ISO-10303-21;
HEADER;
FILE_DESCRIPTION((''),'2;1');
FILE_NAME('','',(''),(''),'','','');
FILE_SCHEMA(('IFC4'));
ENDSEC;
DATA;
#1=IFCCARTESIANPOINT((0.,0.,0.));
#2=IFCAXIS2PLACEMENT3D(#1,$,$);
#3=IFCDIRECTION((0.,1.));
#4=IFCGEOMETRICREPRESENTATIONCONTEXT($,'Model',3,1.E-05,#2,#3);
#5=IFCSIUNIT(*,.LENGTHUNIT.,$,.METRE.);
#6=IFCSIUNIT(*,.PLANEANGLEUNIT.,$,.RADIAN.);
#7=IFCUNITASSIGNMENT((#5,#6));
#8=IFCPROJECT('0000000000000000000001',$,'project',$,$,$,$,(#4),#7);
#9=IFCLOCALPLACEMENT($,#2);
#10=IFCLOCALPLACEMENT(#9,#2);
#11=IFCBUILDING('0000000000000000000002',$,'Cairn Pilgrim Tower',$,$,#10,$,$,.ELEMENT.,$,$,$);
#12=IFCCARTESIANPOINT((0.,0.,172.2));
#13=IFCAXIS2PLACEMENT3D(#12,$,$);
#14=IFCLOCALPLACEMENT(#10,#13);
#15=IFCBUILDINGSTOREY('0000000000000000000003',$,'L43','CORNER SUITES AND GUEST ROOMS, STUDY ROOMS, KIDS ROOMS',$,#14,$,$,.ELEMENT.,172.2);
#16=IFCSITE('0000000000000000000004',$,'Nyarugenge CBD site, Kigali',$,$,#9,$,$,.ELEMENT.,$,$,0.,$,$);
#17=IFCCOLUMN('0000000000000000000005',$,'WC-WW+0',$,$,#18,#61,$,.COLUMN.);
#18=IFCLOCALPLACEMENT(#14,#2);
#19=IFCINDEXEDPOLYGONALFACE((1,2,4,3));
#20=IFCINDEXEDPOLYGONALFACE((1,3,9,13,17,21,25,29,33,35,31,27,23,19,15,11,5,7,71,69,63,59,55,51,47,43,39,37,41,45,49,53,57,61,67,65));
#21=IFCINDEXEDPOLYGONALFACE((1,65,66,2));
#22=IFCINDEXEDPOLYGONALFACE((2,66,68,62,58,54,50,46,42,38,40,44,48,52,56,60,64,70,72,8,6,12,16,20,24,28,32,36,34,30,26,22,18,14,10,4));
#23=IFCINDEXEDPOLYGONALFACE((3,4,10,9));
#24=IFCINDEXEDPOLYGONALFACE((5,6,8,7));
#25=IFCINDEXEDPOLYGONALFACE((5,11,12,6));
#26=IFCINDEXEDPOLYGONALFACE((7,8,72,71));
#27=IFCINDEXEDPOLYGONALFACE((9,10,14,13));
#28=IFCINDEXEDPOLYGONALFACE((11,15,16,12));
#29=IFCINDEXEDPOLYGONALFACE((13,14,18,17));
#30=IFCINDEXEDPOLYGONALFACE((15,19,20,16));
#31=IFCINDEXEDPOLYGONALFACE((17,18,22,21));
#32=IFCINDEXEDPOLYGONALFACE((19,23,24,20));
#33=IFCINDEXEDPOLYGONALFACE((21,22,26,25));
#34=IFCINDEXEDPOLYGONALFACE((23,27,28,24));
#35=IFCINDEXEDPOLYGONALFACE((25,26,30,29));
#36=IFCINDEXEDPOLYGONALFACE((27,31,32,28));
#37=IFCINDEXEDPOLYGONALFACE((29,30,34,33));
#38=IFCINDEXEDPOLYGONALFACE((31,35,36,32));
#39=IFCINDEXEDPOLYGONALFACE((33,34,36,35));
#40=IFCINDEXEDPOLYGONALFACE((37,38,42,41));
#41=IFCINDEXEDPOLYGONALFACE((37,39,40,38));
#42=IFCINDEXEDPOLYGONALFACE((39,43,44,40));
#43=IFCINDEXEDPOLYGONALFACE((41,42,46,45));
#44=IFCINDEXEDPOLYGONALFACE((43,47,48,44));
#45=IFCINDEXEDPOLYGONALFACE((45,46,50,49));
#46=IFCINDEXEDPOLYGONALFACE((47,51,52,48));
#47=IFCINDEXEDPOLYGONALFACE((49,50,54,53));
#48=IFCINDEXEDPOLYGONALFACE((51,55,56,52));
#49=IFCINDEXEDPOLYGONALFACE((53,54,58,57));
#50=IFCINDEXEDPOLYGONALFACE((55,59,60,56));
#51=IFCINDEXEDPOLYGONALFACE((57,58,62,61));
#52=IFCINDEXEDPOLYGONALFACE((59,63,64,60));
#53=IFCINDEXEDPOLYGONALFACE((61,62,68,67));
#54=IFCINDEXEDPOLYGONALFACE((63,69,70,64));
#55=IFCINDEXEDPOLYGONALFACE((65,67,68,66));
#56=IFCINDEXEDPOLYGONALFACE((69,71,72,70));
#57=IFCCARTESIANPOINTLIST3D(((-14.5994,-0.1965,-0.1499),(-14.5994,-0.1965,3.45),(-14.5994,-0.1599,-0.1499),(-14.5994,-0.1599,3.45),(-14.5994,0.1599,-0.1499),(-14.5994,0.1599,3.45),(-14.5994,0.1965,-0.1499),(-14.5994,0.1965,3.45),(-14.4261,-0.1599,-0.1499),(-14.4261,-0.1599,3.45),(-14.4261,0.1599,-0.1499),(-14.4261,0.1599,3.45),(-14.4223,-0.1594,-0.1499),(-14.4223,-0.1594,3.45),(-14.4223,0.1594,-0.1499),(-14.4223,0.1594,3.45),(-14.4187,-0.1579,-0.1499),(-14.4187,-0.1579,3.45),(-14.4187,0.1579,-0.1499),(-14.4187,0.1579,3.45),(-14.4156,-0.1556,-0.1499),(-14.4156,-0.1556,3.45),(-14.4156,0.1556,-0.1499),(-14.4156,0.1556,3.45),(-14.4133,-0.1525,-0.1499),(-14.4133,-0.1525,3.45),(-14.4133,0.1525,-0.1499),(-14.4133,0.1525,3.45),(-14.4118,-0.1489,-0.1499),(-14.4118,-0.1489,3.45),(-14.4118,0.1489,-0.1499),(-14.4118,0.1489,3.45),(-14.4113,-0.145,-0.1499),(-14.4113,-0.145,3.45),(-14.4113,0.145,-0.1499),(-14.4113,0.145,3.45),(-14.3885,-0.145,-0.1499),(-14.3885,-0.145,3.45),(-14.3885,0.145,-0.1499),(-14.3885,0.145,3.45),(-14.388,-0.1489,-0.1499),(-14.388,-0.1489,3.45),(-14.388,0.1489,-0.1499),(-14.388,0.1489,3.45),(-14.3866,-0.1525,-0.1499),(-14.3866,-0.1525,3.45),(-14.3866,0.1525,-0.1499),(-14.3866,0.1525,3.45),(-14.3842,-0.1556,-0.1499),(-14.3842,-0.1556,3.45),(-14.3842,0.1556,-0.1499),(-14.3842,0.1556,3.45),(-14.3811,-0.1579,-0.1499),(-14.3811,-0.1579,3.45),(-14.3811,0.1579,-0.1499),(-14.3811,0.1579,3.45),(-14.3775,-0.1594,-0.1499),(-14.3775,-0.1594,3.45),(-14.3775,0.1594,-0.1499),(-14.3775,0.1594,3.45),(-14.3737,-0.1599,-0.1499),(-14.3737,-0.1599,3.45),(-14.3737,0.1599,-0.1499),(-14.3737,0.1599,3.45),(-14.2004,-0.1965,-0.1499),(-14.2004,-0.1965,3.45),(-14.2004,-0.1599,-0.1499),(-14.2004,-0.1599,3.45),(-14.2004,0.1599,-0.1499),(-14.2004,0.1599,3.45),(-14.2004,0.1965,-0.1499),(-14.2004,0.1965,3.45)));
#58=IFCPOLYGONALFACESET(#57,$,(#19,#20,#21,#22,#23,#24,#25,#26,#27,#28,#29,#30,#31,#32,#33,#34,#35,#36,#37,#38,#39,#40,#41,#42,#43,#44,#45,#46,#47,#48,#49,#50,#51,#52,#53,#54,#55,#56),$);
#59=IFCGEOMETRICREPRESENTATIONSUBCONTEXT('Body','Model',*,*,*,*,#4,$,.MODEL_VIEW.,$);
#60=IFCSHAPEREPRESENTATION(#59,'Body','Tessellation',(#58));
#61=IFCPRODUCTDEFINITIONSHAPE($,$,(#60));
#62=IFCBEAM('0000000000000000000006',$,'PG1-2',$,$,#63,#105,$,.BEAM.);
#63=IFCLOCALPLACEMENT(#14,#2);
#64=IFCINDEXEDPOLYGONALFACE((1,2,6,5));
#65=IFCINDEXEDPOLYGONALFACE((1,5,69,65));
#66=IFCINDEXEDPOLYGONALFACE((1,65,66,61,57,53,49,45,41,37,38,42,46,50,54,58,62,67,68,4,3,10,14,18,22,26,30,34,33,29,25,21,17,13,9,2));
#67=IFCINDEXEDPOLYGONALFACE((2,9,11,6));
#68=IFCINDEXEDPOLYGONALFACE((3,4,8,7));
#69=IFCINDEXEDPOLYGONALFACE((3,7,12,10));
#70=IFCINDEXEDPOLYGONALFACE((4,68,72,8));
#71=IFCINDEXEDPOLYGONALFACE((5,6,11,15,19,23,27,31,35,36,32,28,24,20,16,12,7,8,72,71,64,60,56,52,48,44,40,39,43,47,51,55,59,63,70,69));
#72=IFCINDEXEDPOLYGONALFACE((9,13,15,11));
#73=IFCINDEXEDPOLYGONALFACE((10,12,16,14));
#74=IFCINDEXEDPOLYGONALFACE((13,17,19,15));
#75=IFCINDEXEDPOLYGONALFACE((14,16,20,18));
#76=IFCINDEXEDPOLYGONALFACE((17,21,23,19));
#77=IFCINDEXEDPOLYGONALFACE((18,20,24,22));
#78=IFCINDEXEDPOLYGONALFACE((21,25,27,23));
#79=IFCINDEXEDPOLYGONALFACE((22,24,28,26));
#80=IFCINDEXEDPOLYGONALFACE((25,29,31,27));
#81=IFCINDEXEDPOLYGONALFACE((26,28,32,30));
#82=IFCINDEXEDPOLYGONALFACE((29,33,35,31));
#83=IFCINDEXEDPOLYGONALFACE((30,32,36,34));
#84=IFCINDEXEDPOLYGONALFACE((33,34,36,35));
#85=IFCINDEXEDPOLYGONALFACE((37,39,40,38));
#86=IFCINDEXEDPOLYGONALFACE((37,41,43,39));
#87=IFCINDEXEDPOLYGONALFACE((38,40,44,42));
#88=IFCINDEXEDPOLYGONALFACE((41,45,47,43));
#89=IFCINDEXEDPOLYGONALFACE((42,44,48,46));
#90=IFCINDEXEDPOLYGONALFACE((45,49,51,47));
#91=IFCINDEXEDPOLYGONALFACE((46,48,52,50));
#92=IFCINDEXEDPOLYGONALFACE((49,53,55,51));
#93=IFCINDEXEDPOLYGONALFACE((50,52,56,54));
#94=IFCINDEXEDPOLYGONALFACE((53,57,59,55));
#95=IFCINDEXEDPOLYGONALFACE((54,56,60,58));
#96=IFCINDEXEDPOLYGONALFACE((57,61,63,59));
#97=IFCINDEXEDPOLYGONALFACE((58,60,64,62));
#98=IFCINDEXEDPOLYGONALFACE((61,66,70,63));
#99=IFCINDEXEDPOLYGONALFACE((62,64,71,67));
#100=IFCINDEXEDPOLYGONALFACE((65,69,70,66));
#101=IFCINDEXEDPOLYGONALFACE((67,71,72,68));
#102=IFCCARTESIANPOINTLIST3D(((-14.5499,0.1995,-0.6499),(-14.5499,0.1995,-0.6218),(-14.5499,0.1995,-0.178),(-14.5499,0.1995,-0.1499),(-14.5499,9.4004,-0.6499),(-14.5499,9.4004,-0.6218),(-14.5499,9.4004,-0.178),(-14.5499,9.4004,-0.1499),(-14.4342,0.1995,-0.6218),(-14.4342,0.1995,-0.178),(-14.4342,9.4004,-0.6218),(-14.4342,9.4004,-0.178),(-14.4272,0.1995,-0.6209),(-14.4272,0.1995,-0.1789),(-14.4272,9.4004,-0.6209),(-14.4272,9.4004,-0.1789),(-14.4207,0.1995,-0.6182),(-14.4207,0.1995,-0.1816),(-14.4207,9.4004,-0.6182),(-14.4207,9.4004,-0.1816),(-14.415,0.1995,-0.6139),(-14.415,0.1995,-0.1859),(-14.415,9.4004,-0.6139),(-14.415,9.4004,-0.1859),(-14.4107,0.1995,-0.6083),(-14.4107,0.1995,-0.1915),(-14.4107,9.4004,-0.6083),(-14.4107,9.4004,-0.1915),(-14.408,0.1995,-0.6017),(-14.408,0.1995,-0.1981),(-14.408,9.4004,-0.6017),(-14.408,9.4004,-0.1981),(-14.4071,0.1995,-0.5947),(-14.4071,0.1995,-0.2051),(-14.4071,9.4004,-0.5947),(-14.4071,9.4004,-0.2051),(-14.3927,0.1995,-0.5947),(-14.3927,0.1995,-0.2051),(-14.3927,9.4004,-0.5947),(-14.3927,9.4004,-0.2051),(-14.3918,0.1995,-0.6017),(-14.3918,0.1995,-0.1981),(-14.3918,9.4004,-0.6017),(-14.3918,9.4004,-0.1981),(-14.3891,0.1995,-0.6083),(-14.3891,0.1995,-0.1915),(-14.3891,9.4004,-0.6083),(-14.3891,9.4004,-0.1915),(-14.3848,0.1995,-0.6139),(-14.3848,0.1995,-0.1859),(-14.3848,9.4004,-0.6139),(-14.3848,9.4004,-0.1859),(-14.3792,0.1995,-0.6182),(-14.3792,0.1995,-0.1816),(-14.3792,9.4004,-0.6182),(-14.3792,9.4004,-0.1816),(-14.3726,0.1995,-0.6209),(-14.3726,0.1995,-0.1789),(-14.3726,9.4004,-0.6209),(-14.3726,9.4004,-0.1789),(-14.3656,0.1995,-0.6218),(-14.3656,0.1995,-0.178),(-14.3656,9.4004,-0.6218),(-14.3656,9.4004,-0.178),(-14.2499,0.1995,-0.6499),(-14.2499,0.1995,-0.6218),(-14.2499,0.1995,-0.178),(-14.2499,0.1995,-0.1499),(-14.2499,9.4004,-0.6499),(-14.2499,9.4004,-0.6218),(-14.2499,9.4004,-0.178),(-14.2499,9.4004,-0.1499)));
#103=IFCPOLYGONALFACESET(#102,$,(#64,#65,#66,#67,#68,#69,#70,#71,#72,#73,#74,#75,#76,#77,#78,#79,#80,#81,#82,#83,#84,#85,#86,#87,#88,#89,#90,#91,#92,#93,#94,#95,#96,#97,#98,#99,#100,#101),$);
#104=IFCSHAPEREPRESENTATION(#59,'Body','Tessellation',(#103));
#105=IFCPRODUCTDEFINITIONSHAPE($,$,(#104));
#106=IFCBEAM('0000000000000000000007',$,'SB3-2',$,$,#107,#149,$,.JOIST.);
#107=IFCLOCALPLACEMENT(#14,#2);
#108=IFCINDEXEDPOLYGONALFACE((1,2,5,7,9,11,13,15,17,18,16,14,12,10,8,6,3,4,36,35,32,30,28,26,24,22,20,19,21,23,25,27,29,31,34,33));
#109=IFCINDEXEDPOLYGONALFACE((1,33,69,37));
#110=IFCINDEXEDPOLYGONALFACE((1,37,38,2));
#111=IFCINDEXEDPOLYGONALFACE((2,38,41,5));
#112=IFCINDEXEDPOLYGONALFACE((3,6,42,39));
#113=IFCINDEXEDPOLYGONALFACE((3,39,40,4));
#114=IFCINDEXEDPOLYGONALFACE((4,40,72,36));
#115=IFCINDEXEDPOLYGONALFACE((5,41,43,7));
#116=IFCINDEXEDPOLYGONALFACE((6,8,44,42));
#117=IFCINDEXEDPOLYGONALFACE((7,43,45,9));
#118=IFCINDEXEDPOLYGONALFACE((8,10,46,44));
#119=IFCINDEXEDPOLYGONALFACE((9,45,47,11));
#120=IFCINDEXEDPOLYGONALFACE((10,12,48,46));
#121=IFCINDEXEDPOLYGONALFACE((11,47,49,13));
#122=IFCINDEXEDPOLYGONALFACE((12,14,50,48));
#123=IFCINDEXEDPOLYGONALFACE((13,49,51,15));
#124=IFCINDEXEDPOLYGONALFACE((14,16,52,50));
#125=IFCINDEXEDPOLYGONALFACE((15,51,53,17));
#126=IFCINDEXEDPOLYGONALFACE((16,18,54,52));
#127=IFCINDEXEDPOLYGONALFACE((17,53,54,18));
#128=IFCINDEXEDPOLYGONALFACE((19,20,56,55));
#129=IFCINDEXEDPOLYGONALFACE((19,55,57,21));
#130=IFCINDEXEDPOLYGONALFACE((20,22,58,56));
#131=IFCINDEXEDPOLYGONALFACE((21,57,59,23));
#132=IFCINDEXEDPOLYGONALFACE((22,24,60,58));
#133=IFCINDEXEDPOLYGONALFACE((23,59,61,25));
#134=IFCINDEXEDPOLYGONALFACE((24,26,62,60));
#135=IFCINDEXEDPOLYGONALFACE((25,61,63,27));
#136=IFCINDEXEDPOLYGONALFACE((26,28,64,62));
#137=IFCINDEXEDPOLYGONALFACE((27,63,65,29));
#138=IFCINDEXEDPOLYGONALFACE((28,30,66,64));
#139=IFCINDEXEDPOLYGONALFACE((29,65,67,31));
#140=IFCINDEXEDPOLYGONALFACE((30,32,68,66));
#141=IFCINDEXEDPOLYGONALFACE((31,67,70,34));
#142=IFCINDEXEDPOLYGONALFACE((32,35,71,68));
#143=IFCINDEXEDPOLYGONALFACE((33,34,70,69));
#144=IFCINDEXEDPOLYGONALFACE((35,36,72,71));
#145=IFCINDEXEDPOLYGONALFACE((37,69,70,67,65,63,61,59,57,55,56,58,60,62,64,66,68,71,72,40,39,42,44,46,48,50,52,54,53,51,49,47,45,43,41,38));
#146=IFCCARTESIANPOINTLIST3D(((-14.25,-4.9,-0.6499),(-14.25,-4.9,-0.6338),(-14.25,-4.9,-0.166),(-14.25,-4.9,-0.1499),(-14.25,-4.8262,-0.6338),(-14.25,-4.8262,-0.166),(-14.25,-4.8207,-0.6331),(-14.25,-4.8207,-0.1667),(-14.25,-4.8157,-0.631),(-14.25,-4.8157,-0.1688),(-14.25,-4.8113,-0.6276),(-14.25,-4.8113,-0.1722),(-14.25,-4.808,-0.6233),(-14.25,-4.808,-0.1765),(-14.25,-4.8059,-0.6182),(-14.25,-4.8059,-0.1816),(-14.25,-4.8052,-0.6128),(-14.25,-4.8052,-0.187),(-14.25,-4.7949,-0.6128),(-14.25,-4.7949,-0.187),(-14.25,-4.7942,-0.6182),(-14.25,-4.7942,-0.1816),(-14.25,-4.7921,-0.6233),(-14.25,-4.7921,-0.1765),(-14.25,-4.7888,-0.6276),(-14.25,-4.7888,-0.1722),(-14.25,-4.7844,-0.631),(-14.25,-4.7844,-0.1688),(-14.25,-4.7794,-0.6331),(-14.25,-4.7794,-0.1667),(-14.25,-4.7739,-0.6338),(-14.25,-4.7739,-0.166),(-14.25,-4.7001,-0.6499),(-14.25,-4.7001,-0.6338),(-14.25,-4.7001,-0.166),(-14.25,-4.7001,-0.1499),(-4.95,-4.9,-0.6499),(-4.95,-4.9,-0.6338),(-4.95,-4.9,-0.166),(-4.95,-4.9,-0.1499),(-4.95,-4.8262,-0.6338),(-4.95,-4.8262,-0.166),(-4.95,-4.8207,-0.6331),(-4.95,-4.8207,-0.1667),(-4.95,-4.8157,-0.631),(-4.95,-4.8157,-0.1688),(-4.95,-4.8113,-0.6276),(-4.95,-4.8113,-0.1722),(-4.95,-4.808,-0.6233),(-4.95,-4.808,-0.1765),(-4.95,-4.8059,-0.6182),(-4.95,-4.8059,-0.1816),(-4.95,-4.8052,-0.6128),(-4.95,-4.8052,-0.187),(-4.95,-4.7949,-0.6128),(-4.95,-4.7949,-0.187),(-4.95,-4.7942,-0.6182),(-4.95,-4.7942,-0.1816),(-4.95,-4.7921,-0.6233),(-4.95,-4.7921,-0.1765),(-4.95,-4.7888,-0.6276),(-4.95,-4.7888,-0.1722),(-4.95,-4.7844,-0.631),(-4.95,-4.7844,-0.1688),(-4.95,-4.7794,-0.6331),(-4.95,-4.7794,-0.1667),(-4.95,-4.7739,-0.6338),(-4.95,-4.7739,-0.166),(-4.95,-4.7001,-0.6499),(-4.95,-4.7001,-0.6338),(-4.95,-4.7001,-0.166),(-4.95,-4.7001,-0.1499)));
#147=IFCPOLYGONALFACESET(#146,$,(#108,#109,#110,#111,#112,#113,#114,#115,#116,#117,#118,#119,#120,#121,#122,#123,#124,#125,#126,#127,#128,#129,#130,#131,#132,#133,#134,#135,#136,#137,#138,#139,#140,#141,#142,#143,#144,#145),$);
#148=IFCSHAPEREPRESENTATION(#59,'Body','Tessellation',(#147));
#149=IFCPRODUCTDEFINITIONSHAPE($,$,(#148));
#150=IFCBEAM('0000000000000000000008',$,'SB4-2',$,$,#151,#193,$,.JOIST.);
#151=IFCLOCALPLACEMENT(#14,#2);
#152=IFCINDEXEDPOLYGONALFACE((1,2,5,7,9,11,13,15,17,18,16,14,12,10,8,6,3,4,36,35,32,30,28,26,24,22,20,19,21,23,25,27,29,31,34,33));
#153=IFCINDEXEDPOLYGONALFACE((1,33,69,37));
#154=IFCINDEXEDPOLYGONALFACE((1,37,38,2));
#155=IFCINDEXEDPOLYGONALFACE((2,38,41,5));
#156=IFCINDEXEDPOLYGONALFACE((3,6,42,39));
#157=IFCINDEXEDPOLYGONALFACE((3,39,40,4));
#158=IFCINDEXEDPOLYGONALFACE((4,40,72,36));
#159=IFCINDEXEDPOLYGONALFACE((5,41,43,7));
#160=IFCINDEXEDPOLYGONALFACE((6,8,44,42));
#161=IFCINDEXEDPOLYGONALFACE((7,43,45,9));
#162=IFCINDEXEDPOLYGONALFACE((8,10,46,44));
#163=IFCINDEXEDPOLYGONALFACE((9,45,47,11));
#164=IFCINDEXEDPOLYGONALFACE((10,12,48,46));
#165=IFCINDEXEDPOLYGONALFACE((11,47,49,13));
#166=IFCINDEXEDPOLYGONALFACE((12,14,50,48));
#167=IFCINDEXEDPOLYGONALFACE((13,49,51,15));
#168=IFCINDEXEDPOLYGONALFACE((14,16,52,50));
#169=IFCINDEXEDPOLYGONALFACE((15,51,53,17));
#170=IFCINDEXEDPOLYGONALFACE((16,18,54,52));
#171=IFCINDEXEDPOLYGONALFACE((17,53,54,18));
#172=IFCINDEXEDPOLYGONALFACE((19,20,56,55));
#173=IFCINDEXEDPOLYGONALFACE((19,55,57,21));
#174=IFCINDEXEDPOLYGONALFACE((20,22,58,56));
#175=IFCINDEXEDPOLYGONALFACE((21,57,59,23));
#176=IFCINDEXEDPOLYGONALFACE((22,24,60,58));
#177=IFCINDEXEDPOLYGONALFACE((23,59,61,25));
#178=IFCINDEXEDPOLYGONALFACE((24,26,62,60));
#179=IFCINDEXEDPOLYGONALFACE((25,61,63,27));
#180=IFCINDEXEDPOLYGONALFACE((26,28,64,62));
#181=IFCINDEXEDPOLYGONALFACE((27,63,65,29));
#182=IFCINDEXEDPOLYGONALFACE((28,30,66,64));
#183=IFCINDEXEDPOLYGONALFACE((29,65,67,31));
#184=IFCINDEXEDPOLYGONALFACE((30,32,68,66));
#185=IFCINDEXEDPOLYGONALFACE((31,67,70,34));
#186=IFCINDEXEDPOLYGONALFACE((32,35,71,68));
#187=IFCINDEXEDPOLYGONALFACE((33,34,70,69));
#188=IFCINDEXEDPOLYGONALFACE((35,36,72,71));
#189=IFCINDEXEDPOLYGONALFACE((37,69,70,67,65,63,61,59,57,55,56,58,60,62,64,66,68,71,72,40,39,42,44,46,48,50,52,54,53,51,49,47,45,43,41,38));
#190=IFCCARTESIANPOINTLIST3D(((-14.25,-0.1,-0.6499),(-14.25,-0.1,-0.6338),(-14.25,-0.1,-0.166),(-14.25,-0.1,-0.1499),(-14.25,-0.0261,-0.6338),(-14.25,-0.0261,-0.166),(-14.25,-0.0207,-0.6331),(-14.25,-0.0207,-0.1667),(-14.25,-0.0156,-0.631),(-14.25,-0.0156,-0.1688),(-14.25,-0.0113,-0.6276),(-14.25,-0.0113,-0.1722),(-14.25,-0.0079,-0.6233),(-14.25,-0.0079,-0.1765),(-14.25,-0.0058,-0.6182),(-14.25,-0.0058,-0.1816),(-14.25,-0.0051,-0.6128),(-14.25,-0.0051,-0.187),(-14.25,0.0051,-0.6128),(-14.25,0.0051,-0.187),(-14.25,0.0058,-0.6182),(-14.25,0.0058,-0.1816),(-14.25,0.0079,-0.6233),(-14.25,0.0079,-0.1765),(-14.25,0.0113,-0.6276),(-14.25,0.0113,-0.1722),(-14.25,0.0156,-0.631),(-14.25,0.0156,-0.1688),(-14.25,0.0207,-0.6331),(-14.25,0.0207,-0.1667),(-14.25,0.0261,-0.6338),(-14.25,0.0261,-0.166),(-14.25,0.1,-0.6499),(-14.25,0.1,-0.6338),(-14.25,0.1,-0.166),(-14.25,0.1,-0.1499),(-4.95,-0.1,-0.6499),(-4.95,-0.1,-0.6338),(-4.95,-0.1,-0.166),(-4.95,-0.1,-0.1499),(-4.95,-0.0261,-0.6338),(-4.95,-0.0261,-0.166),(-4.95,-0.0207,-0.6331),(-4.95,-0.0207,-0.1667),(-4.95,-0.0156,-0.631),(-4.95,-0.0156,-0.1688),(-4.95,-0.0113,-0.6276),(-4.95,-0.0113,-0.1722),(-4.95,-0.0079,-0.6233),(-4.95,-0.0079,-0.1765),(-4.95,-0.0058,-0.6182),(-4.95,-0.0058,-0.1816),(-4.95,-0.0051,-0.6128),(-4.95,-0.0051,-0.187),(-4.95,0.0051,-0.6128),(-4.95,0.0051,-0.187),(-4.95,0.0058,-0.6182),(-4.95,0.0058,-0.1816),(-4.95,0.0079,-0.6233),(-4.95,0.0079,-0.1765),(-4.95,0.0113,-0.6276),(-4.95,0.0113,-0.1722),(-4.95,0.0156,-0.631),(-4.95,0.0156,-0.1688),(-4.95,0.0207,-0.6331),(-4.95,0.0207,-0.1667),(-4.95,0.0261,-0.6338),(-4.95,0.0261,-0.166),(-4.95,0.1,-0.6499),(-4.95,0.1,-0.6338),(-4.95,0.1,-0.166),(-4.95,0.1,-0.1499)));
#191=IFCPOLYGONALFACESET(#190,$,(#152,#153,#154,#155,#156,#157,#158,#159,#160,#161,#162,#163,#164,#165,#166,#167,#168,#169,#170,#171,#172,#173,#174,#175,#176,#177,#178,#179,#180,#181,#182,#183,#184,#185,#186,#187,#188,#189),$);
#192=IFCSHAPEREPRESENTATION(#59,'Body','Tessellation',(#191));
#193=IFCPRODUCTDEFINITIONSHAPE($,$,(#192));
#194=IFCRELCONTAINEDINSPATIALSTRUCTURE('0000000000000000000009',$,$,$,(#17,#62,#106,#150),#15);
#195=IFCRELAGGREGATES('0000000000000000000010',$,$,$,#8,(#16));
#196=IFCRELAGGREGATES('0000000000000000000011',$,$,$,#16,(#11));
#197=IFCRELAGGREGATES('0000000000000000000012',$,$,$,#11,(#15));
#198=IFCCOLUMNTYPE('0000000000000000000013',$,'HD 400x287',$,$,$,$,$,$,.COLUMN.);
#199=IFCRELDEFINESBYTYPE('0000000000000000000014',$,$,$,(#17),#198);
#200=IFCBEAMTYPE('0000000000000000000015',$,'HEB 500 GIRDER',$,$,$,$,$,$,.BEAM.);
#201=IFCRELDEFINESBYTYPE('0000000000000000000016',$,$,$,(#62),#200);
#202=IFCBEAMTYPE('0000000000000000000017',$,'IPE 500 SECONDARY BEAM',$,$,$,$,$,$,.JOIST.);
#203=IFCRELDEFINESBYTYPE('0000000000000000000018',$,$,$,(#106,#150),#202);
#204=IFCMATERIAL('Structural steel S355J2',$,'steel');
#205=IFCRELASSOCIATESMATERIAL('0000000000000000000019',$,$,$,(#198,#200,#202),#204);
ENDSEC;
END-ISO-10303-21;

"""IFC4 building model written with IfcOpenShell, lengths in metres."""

from ifc_helpers import new_model, si_unit, direction, frame, origin, origin_2d, place, context, subcontext, project, spatial, i_section, extrude, material, material_profile, profile_set, type_object, element, save


model = new_model("IFC4")

# Units and contexts
model_context = context("Model", 3, precision=1e-05, world=origin(), true_north=direction((0.0, 1.0)))
body_context = subcontext(model_context, "Body", "Model", "MODEL_VIEW")
ifc_project = project(units=[si_unit("LENGTHUNIT", "METRE"), si_unit("PLANEANGLEUNIT", "RADIAN")], contexts=[model_context])

# Site, building, storey
site_placement = place(None, origin())
site = spatial("IfcSite", under=ifc_project, at=site_placement, Name="Nyarugenge CBD site, Kigali", CompositionType="ELEMENT", RefElevation=0.0)
building_placement = place(site_placement, origin())
building = spatial("IfcBuilding", under=site, at=building_placement, Name="Cairn Pilgrim Tower", CompositionType="ELEMENT")
storey_placement = place(building_placement, frame((0.0, 0.0, 172.2)))
storey = spatial("IfcBuildingStorey", under=building, at=storey_placement, Name="L43", Description="CORNER SUITES AND GUEST ROOMS, STUDY ROOMS, KIDS ROOMS", CompositionType="ELEMENT", Elevation=172.2)

# Column
ifc_material_1 = material(Name="Structural steel S355J2", Category="steel")
ifc_material_profile_1 = material_profile(ifc_material_1, i_section(OverallWidth=0.3989, OverallDepth=0.3931, WebThickness=0.0227, FlangeThickness=0.0366, FilletRadius=0.0149, at=origin_2d()), Name="HD 400x287")
ifc_profile_set_1 = profile_set([ifc_material_profile_1], Name="Structural steel S355J2")
column_type_1 = type_object("IfcColumnType", Name="HD 400x287", PredefinedType="COLUMN", material=ifc_profile_set_1)
column_1_placement = place(storey_placement, frame((-14.3999, 0.0, -0.1499), z_axis=(0.0, 0.0, 1.0), x_axis=(1.0, 0.0, 0.0)))
element("IfcColumn", 1, at=column_1_placement, inside=storey, type_object=column_type_1, Name="WC-WW+0", PredefinedType="COLUMN", context=body_context, shape_type="SweptSolid", body=[
    extrude(i_section(OverallWidth=0.3989, OverallDepth=0.3931, WebThickness=0.0227, FlangeThickness=0.0366, FilletRadius=0.0149, at=origin_2d()), origin(), (0.0, 0.0, 1.0), 3.5999),
])

# Beams
ifc_material_profile_2 = material_profile(ifc_material_1, i_section(OverallWidth=0.3, OverallDepth=0.5, WebThickness=0.0144, FlangeThickness=0.0281, FilletRadius=0.0271, at=origin_2d()), Name="HEB 500")
ifc_profile_set_2 = profile_set([ifc_material_profile_2], Name="Structural steel S355J2")
beam_type_1 = type_object("IfcBeamType", Name="HEB 500 GIRDER", PredefinedType="BEAM", material=ifc_profile_set_2)
beam_placement = place(storey_placement, frame((-14.3999, 0.1995, -0.3999), z_axis=(0.0, 1.0, 0.0), x_axis=(-1.0, 0.0, 0.0)))
element("IfcBeam", 2, at=beam_placement, inside=storey, type_object=beam_type_1, Name="PG1-2", PredefinedType="BEAM", context=body_context, shape_type="SweptSolid", body=[
    extrude(i_section(OverallWidth=0.3, OverallDepth=0.5, WebThickness=0.0144, FlangeThickness=0.0281, FilletRadius=0.0271, at=origin_2d()), origin(), (0.0, 0.0, 1.0), 9.2009),
])
ifc_material_profile_3 = material_profile(ifc_material_1, i_section(OverallWidth=0.2, OverallDepth=0.5, WebThickness=0.0103, FlangeThickness=0.0161, FilletRadius=0.021, at=origin_2d()), Name="IPE 500")
ifc_profile_set_3 = profile_set([ifc_material_profile_3], Name="Structural steel S355J2")
beam_type_2 = type_object("IfcBeamType", Name="IPE 500 SECONDARY BEAM", PredefinedType="JOIST", material=ifc_profile_set_3)
for number, where, z_axis, x_axis, name in (
    (3, (-14.25, -4.8, -0.3999), (1.0, 0.0, 0.0), (0.0, 1.0, 0.0), "SB3-2"),
    (4, (-14.25, 0.0, -0.3999), (1.0, 0.0, 0.0), (0.0, 1.0, 0.0), "SB4-2"),
):
    element("IfcBeam", number, at=place(storey_placement, frame(where, z_axis=z_axis, x_axis=x_axis)), inside=storey, type_object=beam_type_2, Name=name, PredefinedType="JOIST", context=body_context, shape_type="SweptSolid", body=[
        extrude(i_section(OverallWidth=0.2, OverallDepth=0.5, WebThickness=0.0103, FlangeThickness=0.0161, FilletRadius=0.021, at=origin_2d()), origin(), (0.0, 0.0, 1.0), 9.3),
    ])

save(model, "model.ifc")
